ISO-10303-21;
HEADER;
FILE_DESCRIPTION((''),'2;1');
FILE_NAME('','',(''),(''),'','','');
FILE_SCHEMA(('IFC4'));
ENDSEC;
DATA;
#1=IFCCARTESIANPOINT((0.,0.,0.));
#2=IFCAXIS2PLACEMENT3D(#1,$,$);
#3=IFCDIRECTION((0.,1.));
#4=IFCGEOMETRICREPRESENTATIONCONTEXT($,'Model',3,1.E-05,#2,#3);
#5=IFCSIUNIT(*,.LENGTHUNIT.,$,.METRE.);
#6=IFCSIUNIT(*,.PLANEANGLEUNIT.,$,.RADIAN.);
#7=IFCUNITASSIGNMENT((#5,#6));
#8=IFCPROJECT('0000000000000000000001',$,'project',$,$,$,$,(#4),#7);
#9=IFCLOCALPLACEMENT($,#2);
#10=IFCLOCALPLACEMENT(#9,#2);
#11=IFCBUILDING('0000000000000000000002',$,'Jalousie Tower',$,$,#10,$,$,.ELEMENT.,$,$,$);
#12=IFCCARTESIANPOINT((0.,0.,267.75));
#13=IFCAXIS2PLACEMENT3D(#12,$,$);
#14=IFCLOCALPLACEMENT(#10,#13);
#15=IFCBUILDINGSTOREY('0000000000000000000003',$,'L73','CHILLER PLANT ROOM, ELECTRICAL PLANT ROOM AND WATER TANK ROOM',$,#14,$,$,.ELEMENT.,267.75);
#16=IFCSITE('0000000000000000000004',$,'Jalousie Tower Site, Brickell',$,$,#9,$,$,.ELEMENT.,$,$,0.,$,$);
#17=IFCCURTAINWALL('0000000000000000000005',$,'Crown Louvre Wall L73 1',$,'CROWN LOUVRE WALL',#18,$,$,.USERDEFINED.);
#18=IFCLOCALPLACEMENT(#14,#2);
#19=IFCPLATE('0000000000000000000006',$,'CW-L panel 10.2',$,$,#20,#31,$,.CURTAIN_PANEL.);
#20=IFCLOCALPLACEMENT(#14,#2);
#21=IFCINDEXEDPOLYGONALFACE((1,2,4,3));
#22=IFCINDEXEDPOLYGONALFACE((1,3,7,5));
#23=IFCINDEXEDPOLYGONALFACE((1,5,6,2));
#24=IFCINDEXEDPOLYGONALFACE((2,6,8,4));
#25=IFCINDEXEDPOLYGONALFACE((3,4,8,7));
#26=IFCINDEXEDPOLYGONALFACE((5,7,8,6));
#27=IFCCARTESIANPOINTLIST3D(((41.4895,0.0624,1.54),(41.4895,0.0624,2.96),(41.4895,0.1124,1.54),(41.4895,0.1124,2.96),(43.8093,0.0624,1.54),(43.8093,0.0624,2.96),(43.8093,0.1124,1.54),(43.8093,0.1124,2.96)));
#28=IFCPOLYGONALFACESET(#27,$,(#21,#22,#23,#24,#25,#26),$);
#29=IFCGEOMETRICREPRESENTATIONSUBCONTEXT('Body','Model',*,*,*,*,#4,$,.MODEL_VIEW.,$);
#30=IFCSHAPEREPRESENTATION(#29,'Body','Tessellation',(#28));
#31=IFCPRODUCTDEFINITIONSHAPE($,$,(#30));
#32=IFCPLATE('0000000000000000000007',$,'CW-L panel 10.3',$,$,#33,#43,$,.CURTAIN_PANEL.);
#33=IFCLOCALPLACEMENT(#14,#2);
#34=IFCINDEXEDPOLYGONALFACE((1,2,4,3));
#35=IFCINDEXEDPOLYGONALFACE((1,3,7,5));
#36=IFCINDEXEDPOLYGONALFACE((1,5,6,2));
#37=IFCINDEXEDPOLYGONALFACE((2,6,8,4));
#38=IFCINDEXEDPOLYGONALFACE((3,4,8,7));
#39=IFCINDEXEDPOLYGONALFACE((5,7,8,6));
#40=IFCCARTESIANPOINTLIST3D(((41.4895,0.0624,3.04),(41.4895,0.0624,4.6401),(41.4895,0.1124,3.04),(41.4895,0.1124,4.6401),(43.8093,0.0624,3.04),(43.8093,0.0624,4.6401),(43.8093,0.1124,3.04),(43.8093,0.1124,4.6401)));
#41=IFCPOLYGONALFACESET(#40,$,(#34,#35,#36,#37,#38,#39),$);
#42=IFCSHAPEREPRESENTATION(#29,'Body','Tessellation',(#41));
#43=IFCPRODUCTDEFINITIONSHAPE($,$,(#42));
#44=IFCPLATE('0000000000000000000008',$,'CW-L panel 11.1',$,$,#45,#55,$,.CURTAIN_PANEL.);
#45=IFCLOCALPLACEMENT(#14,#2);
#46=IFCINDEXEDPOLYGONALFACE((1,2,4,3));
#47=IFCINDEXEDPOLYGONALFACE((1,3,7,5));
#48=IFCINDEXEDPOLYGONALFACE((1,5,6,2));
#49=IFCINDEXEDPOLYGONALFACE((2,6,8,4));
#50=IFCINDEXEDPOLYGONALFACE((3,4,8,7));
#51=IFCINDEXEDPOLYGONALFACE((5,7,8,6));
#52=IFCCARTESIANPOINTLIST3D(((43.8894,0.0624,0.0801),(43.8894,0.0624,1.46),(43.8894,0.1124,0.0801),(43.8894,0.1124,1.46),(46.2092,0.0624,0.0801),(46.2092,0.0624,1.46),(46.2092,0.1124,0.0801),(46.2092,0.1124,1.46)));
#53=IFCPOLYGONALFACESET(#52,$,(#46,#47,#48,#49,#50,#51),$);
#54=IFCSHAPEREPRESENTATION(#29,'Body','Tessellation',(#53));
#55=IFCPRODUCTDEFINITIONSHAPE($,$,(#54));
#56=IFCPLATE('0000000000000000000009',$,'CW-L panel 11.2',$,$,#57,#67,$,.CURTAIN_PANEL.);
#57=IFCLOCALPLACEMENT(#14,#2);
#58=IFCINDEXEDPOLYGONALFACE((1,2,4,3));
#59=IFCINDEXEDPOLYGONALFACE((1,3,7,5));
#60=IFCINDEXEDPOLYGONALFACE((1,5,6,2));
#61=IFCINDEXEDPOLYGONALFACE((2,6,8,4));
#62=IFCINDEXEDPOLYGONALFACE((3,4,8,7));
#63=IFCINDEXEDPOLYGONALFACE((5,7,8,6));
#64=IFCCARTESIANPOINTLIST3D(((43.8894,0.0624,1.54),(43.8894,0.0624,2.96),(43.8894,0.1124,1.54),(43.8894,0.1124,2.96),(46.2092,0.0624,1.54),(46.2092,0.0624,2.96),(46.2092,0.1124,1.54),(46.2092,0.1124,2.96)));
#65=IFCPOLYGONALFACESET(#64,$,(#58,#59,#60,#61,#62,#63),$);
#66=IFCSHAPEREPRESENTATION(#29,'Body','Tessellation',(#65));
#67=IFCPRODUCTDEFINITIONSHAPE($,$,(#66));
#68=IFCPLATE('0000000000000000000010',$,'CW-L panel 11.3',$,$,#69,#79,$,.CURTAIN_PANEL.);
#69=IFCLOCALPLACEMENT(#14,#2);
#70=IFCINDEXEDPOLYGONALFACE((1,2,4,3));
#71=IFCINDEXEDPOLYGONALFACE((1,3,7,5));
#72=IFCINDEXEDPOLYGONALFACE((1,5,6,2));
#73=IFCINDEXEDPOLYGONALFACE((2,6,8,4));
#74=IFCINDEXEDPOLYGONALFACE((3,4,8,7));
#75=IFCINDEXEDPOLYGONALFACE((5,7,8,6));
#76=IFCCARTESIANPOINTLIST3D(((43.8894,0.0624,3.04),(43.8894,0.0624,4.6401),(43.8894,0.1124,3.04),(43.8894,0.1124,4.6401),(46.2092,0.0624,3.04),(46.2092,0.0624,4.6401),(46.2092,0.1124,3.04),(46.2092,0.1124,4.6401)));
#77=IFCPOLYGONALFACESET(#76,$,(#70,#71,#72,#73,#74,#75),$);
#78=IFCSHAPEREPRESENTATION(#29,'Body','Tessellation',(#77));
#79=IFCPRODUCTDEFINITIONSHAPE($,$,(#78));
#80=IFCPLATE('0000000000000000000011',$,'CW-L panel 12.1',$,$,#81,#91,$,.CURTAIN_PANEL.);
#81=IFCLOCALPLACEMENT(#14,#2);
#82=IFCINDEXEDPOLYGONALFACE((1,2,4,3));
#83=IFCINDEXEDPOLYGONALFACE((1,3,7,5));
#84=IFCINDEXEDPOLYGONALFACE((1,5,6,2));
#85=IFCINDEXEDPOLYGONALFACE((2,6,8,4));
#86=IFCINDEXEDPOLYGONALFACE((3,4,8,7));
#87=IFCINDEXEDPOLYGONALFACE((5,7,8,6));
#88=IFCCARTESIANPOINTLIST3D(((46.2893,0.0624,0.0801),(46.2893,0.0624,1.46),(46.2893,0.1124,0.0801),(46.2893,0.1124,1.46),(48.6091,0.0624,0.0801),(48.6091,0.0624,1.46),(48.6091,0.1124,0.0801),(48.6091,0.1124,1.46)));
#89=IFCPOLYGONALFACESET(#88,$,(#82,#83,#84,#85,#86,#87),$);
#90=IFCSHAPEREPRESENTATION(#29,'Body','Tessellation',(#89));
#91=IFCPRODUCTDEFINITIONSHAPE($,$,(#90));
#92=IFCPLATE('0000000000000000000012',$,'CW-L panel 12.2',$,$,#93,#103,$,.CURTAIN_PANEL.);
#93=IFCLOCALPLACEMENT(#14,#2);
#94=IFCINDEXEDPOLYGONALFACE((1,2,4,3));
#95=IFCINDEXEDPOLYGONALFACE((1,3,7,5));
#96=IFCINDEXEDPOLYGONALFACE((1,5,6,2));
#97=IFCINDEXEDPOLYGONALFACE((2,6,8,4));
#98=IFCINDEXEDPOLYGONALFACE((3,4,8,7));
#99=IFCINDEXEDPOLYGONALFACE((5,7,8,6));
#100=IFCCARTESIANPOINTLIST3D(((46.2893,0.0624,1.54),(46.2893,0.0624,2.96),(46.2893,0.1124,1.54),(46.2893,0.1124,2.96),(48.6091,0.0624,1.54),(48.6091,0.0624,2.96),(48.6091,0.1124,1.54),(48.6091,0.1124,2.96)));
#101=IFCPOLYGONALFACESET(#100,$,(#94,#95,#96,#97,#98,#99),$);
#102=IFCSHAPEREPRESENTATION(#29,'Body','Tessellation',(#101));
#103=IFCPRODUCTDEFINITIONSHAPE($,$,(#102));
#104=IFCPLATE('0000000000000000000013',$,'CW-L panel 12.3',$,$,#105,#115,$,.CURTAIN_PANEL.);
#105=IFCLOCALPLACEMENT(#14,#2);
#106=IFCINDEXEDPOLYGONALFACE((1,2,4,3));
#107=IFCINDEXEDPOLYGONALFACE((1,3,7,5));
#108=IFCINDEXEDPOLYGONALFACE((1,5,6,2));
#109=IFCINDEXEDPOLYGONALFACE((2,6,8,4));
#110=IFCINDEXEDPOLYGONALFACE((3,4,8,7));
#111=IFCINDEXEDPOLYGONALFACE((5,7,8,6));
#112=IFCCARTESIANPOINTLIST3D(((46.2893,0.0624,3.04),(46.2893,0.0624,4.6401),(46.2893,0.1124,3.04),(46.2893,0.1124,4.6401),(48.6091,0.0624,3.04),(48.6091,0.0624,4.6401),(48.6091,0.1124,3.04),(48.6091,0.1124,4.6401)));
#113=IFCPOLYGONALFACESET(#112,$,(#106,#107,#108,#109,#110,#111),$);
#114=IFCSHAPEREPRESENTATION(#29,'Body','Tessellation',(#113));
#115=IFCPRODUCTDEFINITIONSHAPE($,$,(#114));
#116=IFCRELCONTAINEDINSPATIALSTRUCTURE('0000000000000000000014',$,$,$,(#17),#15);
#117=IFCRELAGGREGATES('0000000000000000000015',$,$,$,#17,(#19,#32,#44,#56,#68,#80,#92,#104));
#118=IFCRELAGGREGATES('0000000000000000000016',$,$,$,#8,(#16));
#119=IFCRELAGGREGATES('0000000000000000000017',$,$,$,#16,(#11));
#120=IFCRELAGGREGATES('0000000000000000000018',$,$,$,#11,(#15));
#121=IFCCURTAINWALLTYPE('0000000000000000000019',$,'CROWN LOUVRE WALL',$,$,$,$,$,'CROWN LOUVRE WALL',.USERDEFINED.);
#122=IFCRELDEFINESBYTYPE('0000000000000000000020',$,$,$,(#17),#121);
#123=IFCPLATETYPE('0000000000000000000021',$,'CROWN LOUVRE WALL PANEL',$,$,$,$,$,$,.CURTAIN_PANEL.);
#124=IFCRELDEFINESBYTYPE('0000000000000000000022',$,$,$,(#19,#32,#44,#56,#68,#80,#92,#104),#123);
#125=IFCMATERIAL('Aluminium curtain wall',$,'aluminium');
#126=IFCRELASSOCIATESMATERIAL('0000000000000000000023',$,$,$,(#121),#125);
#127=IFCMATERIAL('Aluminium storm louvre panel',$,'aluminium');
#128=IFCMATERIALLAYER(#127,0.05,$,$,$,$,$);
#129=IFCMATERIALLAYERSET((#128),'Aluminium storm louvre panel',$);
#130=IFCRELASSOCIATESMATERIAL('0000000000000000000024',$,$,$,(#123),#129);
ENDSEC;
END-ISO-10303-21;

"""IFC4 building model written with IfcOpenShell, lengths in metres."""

from ifc_helpers import new_model, si_unit, direction, frame, origin, origin_2d, place, context, subcontext, project, spatial, rectangle, extrude, material, layer, layer_set, type_object, element, aggregate, save


model = new_model("IFC4")

# Units and contexts
model_context = context("Model", 3, precision=1e-05, world=origin(), true_north=direction((0.0, 1.0)))
body_context = subcontext(model_context, "Body", "Model", "MODEL_VIEW")
ifc_project = project(units=[si_unit("LENGTHUNIT", "METRE"), si_unit("PLANEANGLEUNIT", "RADIAN")], contexts=[model_context])

# Site, building, storey
site_placement = place(None, origin())
site = spatial("IfcSite", under=ifc_project, at=site_placement, Name="Jalousie Tower Site, Brickell", CompositionType="ELEMENT", RefElevation=0.0)
building_placement = place(site_placement, origin())
building = spatial("IfcBuilding", under=site, at=building_placement, Name="Jalousie Tower", CompositionType="ELEMENT")
storey_placement = place(building_placement, frame((0.0, 0.0, 267.75)))
storey = spatial("IfcBuildingStorey", under=building, at=storey_placement, Name="L73", Description="CHILLER PLANT ROOM, ELECTRICAL PLANT ROOM AND WATER TANK ROOM", CompositionType="ELEMENT", Elevation=267.75)

# Curtain wall, plates
ifc_material_1 = material(Name="Aluminium curtain wall", Category="aluminium")
curtain_wall_type = type_object("IfcCurtainWallType", Name="CROWN LOUVRE WALL", ElementType="CROWN LOUVRE WALL", PredefinedType="USERDEFINED", material=ifc_material_1)
curtain_wall_placement = place(storey_placement, origin())
curtain_wall = element("IfcCurtainWall", 1, at=curtain_wall_placement, inside=storey, type_object=curtain_wall_type, Name="Crown Louvre Wall L73 1", ObjectType="CROWN LOUVRE WALL", PredefinedType="USERDEFINED")
ifc_material_2 = material(Name="Aluminium storm louvre panel", Category="aluminium")
ifc_layer = layer(ifc_material_2, 0.05)
ifc_layer_set = layer_set([ifc_layer], Name="Aluminium storm louvre panel")
plate_type = type_object("IfcPlateType", Name="CROWN LOUVRE WALL PANEL", PredefinedType="CURTAIN_PANEL", material=ifc_layer_set)
plate_1_placement = place(storey_placement, frame((42.6494, 0.0874, 1.54), z_axis=(0.0, 0.0, 1.0), x_axis=(1.0, 0.0, 0.0)))
plate_1 = element("IfcPlate", 2, at=plate_1_placement, type_object=plate_type, Name="CW-L panel 10.2", PredefinedType="CURTAIN_PANEL", context=body_context, shape_type="SweptSolid", body=[
    extrude(rectangle(XDim=2.3198, YDim=0.05, at=origin_2d()), origin(), (0.0, 0.0, 1.0), 1.4199),
])
plate_2_placement = place(storey_placement, frame((42.6494, 0.0874, 3.04), z_axis=(0.0, 0.0, 1.0), x_axis=(1.0, 0.0, 0.0)))
plate_2 = element("IfcPlate", 3, at=plate_2_placement, type_object=plate_type, Name="CW-L panel 10.3", PredefinedType="CURTAIN_PANEL", context=body_context, shape_type="SweptSolid", body=[
    extrude(rectangle(XDim=2.3198, YDim=0.05, at=origin_2d()), origin(), (0.0, 0.0, 1.0), 1.6001),
])
plate_3_placement = place(storey_placement, frame((45.0493, 0.0874, 0.0801), z_axis=(0.0, 0.0, 1.0), x_axis=(1.0, 0.0, 0.0)))
plate_3 = element("IfcPlate", 4, at=plate_3_placement, type_object=plate_type, Name="CW-L panel 11.1", PredefinedType="CURTAIN_PANEL", context=body_context, shape_type="SweptSolid", body=[
    extrude(rectangle(XDim=2.3198, YDim=0.05, at=origin_2d()), origin(), (0.0, 0.0, 1.0), 1.3799),
])
plate_4_placement = place(storey_placement, frame((45.0493, 0.0874, 1.54), z_axis=(0.0, 0.0, 1.0), x_axis=(1.0, 0.0, 0.0)))
plate_4 = element("IfcPlate", 5, at=plate_4_placement, type_object=plate_type, Name="CW-L panel 11.2", PredefinedType="CURTAIN_PANEL", context=body_context, shape_type="SweptSolid", body=[
    extrude(rectangle(XDim=2.3198, YDim=0.05, at=origin_2d()), origin(), (0.0, 0.0, 1.0), 1.4199),
])
plate_5_placement = place(storey_placement, frame((45.0493, 0.0874, 3.04), z_axis=(0.0, 0.0, 1.0), x_axis=(1.0, 0.0, 0.0)))
plate_5 = element("IfcPlate", 6, at=plate_5_placement, type_object=plate_type, Name="CW-L panel 11.3", PredefinedType="CURTAIN_PANEL", context=body_context, shape_type="SweptSolid", body=[
    extrude(rectangle(XDim=2.3198, YDim=0.05, at=origin_2d()), origin(), (0.0, 0.0, 1.0), 1.6001),
])
plate_6_placement = place(storey_placement, frame((47.4492, 0.0874, 0.0801), z_axis=(0.0, 0.0, 1.0), x_axis=(1.0, 0.0, 0.0)))
plate_6 = element("IfcPlate", 7, at=plate_6_placement, type_object=plate_type, Name="CW-L panel 12.1", PredefinedType="CURTAIN_PANEL", context=body_context, shape_type="SweptSolid", body=[
    extrude(rectangle(XDim=2.3198, YDim=0.05, at=origin_2d()), origin(), (0.0, 0.0, 1.0), 1.3799),
])
plate_7_placement = place(storey_placement, frame((47.4492, 0.0874, 1.54), z_axis=(0.0, 0.0, 1.0), x_axis=(1.0, 0.0, 0.0)))
plate_7 = element("IfcPlate", 8, at=plate_7_placement, type_object=plate_type, Name="CW-L panel 12.2", PredefinedType="CURTAIN_PANEL", context=body_context, shape_type="SweptSolid", body=[
    extrude(rectangle(XDim=2.3198, YDim=0.05, at=origin_2d()), origin(), (0.0, 0.0, 1.0), 1.4199),
])
plate_8_placement = place(storey_placement, frame((47.4492, 0.0874, 3.04), z_axis=(0.0, 0.0, 1.0), x_axis=(1.0, 0.0, 0.0)))
plate_8 = element("IfcPlate", 9, at=plate_8_placement, type_object=plate_type, Name="CW-L panel 12.3", PredefinedType="CURTAIN_PANEL", context=body_context, shape_type="SweptSolid", body=[
    extrude(rectangle(XDim=2.3198, YDim=0.05, at=origin_2d()), origin(), (0.0, 0.0, 1.0), 1.6001),
])
aggregate(curtain_wall, [plate_1, plate_2, plate_3, plate_4, plate_5, plate_6, plate_7, plate_8])

save(model, "model.ifc")
